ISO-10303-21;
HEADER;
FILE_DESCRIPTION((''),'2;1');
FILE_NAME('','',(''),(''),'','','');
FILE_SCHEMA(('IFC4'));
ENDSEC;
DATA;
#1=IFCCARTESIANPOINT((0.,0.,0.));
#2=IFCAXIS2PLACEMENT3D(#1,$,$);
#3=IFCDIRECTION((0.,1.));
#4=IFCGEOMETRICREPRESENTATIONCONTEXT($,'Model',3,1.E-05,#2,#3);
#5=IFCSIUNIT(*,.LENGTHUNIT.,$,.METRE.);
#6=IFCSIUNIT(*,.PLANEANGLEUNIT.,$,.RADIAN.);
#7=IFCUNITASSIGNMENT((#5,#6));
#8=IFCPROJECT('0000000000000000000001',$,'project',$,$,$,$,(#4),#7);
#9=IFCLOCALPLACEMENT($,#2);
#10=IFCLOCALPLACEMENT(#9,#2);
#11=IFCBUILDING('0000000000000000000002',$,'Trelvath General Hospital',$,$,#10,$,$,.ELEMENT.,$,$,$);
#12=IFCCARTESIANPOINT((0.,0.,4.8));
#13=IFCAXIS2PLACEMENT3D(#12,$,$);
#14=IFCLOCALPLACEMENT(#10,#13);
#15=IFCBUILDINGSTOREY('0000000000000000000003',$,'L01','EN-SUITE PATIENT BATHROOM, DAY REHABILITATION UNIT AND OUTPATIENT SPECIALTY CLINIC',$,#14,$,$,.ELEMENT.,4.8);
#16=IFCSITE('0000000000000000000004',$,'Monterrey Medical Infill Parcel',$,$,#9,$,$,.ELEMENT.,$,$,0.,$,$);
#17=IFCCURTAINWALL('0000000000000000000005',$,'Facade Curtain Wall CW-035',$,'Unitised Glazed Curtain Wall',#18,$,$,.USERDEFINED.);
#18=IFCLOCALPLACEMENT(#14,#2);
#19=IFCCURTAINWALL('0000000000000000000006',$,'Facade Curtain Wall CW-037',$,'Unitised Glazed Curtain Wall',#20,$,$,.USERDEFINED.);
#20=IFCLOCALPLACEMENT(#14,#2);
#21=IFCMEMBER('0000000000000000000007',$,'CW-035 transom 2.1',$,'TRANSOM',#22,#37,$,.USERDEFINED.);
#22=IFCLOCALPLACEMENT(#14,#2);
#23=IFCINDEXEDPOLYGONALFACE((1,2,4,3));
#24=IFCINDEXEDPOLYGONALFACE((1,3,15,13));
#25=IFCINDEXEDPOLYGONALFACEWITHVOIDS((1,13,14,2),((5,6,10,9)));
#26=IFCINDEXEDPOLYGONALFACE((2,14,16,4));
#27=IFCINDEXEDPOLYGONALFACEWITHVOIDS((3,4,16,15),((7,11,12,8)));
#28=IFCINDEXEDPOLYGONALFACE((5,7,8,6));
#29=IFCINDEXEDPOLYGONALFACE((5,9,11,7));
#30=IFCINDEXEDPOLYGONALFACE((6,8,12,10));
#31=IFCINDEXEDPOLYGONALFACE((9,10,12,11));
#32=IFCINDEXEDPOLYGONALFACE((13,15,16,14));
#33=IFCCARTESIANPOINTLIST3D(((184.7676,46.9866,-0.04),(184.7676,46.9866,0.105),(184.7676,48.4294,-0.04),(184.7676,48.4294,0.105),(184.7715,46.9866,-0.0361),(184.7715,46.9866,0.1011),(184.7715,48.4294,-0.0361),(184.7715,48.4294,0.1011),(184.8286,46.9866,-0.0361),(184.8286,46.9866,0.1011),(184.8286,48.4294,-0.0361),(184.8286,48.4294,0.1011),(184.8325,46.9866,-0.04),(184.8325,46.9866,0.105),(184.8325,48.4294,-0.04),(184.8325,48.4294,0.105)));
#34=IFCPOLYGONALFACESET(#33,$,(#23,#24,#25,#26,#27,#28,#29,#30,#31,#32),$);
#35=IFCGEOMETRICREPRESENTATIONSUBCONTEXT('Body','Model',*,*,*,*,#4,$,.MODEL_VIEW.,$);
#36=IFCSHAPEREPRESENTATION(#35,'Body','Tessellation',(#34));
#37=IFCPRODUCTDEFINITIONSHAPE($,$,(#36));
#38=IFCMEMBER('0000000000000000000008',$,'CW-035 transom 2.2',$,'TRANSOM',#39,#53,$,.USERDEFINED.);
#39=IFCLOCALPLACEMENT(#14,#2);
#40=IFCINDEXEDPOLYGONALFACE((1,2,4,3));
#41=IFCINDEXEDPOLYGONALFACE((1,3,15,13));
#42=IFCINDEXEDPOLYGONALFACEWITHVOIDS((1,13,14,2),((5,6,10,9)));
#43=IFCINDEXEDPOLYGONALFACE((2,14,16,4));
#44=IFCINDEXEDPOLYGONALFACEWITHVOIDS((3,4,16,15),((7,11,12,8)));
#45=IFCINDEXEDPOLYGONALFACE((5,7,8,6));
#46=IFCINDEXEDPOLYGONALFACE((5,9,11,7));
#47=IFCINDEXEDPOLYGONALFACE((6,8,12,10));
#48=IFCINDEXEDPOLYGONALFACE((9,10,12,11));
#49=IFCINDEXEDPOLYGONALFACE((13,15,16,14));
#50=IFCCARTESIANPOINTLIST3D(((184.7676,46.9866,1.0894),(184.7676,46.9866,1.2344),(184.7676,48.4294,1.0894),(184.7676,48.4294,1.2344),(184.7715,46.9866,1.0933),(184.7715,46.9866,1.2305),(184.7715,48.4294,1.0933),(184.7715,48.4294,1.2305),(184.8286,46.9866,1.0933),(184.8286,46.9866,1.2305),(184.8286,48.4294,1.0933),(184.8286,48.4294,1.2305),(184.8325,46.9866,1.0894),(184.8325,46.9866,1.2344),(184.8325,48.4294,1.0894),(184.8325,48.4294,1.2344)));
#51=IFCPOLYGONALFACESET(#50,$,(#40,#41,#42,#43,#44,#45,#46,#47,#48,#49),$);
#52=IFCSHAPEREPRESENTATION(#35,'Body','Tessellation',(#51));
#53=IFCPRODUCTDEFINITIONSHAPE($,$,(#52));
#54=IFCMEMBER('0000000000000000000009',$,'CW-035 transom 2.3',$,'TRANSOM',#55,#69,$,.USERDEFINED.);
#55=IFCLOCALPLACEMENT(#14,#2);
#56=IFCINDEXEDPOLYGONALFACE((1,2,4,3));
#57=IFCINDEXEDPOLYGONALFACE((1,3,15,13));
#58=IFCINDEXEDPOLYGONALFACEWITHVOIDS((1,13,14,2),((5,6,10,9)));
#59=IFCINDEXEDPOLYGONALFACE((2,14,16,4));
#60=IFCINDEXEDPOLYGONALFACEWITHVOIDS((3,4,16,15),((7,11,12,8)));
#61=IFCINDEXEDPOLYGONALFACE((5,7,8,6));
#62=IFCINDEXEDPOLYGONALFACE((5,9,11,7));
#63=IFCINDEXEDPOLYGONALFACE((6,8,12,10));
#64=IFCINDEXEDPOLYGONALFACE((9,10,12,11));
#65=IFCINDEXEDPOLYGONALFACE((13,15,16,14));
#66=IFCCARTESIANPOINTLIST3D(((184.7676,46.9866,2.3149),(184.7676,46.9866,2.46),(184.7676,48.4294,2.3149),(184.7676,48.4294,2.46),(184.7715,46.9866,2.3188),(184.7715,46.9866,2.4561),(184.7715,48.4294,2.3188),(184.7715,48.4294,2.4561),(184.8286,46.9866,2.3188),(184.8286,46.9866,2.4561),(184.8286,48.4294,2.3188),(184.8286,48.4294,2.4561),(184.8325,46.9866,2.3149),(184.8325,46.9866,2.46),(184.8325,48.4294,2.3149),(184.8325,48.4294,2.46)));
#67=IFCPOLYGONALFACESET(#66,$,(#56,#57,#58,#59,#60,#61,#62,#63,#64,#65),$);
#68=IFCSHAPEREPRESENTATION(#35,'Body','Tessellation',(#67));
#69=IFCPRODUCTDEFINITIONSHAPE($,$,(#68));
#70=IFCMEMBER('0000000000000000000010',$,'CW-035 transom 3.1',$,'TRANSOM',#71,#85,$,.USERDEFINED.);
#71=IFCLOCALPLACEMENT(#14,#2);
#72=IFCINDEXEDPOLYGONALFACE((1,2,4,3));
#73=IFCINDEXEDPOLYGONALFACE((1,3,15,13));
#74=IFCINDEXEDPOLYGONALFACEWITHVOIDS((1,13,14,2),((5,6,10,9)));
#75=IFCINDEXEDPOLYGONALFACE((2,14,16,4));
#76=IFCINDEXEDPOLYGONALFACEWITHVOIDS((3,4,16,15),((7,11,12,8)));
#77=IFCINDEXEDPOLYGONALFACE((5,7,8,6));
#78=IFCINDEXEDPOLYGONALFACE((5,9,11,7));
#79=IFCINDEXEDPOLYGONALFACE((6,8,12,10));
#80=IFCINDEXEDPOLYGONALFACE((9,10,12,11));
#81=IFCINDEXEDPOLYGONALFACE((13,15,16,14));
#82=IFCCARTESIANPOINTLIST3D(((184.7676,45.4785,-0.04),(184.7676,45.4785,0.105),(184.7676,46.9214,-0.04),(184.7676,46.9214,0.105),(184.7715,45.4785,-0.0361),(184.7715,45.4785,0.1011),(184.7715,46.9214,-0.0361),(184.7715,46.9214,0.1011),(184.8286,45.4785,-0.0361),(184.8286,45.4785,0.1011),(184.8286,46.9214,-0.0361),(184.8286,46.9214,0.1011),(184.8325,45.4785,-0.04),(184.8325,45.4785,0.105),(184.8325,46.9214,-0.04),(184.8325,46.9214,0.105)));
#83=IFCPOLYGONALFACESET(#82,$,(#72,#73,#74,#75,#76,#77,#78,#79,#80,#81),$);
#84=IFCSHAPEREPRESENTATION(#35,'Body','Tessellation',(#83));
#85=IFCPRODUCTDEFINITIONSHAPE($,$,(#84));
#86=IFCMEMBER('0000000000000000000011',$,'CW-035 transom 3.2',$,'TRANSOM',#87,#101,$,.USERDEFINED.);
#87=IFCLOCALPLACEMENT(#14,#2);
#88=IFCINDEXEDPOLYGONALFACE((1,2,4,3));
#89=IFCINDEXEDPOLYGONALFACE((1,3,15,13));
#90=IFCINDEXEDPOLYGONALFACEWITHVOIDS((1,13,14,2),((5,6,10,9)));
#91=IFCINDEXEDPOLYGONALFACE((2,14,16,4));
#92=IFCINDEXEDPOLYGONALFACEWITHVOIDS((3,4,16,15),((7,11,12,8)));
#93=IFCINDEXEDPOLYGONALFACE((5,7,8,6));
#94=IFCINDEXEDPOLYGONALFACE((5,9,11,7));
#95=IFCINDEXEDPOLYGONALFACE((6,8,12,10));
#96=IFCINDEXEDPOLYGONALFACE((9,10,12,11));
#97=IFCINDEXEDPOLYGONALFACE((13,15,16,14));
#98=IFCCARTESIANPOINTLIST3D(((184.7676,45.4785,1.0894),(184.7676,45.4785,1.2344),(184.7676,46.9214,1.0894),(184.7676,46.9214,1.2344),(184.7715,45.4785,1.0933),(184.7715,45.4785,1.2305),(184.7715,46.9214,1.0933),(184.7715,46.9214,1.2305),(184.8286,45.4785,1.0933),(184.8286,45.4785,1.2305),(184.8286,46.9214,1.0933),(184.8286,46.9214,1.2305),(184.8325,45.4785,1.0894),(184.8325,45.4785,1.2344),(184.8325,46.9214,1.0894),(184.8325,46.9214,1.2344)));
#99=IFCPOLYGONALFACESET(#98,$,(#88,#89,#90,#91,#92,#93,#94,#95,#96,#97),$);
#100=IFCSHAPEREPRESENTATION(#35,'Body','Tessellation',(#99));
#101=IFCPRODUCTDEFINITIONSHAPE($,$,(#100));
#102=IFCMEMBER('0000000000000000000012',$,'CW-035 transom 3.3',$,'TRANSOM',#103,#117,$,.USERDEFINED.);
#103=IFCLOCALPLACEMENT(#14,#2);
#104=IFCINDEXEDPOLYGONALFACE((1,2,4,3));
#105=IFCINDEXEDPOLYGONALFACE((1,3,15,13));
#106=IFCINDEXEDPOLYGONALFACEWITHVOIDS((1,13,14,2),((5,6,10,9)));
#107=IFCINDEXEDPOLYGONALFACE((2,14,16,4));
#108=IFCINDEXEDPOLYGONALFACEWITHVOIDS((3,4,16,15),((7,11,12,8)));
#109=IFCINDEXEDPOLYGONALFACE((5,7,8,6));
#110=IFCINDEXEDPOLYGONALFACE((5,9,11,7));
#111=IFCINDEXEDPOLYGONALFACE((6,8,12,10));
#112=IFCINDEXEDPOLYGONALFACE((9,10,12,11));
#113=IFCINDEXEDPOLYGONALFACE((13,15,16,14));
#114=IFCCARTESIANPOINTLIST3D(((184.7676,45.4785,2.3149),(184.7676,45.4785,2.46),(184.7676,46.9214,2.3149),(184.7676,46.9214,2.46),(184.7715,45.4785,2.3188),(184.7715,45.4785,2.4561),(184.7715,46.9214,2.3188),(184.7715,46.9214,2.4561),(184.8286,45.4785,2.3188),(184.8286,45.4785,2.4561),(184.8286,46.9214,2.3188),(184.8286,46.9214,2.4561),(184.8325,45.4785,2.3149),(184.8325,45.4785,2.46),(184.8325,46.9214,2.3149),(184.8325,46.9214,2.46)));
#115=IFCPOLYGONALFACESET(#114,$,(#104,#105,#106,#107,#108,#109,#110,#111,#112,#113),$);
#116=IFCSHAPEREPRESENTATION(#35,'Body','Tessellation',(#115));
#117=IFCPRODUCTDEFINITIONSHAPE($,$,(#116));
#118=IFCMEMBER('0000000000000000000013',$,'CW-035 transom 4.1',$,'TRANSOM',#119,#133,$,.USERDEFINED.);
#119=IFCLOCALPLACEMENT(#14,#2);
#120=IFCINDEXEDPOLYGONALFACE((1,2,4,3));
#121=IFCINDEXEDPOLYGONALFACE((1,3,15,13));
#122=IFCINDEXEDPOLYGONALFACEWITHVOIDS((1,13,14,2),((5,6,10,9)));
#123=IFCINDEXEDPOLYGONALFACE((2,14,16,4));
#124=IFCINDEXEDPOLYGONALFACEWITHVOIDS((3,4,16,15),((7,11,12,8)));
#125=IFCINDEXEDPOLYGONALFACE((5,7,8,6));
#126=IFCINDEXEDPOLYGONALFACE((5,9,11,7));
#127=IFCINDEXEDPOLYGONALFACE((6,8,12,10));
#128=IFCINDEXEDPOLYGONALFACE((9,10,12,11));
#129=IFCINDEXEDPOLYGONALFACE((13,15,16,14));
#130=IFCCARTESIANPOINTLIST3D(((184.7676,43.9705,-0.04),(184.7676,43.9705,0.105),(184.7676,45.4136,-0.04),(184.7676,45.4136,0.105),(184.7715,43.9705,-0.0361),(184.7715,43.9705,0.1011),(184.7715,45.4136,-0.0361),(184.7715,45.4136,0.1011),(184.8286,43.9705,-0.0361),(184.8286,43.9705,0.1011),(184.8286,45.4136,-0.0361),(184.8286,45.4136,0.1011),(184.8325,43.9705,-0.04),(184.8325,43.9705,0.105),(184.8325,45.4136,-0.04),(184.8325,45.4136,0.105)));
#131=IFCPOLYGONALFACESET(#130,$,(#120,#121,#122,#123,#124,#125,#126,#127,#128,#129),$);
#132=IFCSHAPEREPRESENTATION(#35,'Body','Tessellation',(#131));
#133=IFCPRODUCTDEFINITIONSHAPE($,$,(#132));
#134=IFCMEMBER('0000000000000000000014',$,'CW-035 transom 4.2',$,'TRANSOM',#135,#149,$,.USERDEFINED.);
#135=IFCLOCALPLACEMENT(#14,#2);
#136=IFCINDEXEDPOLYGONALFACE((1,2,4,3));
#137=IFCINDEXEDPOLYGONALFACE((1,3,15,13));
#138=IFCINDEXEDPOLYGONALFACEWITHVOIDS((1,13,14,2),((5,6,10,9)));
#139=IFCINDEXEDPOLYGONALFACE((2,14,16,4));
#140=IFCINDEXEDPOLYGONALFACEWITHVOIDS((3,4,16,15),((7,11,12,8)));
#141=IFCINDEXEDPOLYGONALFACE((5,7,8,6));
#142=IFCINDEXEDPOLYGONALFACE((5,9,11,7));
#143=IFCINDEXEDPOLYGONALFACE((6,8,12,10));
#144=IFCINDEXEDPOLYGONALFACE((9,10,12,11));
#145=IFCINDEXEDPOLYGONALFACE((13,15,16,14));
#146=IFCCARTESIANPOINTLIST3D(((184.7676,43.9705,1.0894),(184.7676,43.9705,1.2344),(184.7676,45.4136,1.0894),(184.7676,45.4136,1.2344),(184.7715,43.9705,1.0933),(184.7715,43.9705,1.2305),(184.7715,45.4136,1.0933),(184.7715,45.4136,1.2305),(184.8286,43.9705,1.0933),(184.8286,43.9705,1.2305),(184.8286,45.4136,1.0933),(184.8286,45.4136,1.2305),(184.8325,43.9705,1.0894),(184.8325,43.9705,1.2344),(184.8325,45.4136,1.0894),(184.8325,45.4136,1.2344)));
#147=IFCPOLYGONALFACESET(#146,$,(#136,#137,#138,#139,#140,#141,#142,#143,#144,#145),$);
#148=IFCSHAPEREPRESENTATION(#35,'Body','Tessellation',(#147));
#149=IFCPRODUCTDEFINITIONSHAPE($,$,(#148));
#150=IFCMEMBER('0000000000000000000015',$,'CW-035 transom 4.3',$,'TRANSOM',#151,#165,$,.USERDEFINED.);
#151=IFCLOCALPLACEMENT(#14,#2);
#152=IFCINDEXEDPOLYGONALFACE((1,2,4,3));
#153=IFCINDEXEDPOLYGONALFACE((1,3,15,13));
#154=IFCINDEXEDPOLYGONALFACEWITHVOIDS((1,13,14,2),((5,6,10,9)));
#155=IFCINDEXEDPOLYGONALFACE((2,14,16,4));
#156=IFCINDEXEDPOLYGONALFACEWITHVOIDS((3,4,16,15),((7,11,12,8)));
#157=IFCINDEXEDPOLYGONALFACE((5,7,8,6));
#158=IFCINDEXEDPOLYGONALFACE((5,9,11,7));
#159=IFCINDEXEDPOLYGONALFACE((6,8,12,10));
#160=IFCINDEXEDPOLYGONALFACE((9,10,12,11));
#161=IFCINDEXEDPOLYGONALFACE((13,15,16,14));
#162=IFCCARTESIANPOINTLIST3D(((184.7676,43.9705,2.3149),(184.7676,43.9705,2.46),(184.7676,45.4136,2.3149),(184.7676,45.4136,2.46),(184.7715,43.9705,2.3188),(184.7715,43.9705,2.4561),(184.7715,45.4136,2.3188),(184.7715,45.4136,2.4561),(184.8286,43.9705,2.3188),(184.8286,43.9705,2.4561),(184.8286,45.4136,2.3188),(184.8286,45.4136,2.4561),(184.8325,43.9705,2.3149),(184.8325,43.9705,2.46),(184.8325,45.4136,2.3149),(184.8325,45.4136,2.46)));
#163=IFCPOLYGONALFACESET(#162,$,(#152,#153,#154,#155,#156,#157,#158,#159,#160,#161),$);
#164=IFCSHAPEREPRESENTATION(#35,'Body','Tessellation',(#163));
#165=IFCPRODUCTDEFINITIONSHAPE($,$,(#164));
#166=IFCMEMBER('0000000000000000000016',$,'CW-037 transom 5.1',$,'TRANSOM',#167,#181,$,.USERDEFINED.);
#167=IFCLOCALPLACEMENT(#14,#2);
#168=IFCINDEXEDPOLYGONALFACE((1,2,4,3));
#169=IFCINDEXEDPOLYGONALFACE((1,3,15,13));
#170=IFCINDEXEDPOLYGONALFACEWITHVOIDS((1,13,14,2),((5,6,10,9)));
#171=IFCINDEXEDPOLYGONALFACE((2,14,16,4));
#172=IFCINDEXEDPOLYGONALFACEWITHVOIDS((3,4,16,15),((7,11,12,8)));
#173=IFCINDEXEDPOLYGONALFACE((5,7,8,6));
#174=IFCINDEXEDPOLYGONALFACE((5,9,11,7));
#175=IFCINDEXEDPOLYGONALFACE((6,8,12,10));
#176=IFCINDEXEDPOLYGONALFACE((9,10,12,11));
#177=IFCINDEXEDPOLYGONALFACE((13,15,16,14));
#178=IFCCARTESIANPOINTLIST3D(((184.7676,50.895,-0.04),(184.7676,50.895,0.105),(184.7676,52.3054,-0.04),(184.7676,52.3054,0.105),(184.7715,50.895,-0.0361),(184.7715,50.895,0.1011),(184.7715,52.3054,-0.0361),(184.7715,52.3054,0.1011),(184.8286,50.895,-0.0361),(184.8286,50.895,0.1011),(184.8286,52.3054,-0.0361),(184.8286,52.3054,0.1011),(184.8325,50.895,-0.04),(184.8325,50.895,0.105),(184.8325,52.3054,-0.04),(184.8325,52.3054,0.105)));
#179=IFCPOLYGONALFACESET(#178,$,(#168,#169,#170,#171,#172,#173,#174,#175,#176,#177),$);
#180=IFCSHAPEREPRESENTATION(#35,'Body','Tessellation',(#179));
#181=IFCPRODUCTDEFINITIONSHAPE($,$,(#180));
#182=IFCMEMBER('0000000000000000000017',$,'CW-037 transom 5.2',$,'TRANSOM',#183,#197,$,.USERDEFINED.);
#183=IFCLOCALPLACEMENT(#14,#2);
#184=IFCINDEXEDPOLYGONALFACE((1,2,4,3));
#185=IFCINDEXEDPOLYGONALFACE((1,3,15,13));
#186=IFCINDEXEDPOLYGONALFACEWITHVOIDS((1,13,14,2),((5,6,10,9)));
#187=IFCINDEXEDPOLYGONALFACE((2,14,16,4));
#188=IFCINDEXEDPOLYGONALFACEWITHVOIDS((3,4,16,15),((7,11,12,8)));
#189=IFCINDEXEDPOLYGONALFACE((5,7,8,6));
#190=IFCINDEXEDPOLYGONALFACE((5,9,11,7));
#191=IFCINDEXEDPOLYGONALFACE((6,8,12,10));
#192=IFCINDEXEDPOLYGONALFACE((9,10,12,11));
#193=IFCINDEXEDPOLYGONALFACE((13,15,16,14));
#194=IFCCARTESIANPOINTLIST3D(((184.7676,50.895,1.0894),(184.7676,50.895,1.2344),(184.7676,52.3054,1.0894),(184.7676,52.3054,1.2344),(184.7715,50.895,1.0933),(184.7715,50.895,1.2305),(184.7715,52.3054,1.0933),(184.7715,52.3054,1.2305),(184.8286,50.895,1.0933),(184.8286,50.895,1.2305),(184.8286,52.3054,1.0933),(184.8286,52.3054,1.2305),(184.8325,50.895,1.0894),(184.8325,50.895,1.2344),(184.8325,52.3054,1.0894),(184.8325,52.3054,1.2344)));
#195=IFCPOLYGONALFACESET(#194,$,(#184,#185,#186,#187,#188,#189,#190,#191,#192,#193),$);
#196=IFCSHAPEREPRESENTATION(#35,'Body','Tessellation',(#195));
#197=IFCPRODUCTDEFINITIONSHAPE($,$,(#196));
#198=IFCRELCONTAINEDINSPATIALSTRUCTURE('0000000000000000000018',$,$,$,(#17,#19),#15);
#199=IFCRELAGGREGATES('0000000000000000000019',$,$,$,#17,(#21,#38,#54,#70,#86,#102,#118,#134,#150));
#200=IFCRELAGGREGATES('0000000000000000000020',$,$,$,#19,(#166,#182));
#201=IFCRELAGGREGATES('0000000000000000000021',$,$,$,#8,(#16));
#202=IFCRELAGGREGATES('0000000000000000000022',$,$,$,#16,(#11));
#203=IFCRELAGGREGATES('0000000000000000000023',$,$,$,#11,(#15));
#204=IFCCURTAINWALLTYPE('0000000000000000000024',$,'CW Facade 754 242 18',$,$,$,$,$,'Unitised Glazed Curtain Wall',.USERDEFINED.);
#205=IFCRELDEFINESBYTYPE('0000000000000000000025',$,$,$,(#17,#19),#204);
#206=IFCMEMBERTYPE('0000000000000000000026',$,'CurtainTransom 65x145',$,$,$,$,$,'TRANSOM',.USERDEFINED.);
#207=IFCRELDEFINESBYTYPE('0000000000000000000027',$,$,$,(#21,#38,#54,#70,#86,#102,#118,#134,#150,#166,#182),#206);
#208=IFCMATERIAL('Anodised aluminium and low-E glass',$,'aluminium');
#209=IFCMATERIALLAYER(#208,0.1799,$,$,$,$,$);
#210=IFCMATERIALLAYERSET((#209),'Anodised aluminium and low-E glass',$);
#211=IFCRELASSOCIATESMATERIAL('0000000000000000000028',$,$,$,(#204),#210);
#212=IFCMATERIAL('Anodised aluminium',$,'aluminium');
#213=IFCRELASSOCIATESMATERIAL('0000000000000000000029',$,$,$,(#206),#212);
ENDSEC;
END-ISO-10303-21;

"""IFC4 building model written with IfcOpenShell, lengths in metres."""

from ifc_helpers import new_model, si_unit, direction, frame, origin, origin_2d, place, context, subcontext, project, spatial, hollow_rectangle, extrude, material, layer, layer_set, material_profile, profile_set, type_object, element, aggregate, save


model = new_model("IFC4")

# Units and contexts
model_context = context("Model", 3, precision=1e-05, world=origin(), true_north=direction((0.0, 1.0)))
body_context = subcontext(model_context, "Body", "Model", "MODEL_VIEW")
ifc_project = project(units=[si_unit("LENGTHUNIT", "METRE"), si_unit("PLANEANGLEUNIT", "RADIAN")], contexts=[model_context])

# Site, building, storey
site_placement = place(None, origin())
site = spatial("IfcSite", under=ifc_project, at=site_placement, Name="Monterrey Medical Infill Parcel", CompositionType="ELEMENT", RefElevation=0.0)
building_placement = place(site_placement, origin())
building = spatial("IfcBuilding", under=site, at=building_placement, Name="Trelvath General Hospital", CompositionType="ELEMENT")
storey_placement = place(building_placement, frame((0.0, 0.0, 4.8)))
storey = spatial("IfcBuildingStorey", under=building, at=storey_placement, Name="L01", Description="EN-SUITE PATIENT BATHROOM, DAY REHABILITATION UNIT AND OUTPATIENT SPECIALTY CLINIC", CompositionType="ELEMENT", Elevation=4.8)

# Curtain walls
ifc_material_1 = material(Name="Anodised aluminium and low-E glass", Category="aluminium")
ifc_layer_1 = layer(ifc_material_1, 0.1799)
ifc_layer_set_1 = layer_set([ifc_layer_1], Name="Anodised aluminium and low-E glass")
curtain_wall_type = type_object("IfcCurtainWallType", Name="CW Facade 754 242 18", ElementType="Unitised Glazed Curtain Wall", PredefinedType="USERDEFINED", material=ifc_layer_set_1)
curtain_wall_1_placement = place(storey_placement, origin())
curtain_wall_1 = element("IfcCurtainWall", 1, at=curtain_wall_1_placement, inside=storey, type_object=curtain_wall_type, Name="Facade Curtain Wall CW-035", ObjectType="Unitised Glazed Curtain Wall", PredefinedType="USERDEFINED")
curtain_wall_2_placement = place(storey_placement, origin())
curtain_wall_2 = element("IfcCurtainWall", 2, at=curtain_wall_2_placement, inside=storey, type_object=curtain_wall_type, Name="Facade Curtain Wall CW-037", ObjectType="Unitised Glazed Curtain Wall", PredefinedType="USERDEFINED")

# Members
ifc_material_2 = material(Name="Anodised aluminium", Category="aluminium")
ifc_material_profile_1 = material_profile(ifc_material_2, hollow_rectangle(XDim=0.0649, YDim=0.145, WallThickness=0.0039, at=origin_2d()), Name="RHS65x145x4")
ifc_profile_set_1 = profile_set([ifc_material_profile_1], Name="Anodised aluminium")
member_type_1 = type_object("IfcMemberType", Name="CurtainTransom 65x145", ElementType="TRANSOM", PredefinedType="USERDEFINED", material=ifc_profile_set_1)
member_1_placement = place(storey_placement, frame((184.8, 48.4294, 0.0325), z_axis=(0.0, -1.0, 0.0), x_axis=(1.0, 0.0, 0.0)))
member_1 = element("IfcMember", 3, at=member_1_placement, type_object=member_type_1, Name="CW-035 transom 2.1", ObjectType="TRANSOM", PredefinedType="USERDEFINED", context=body_context, shape_type="SweptSolid", body=[
    extrude(hollow_rectangle(XDim=0.0649, YDim=0.145, WallThickness=0.0039, at=origin_2d()), origin(), (0.0, 0.0, 1.0), 1.4429),
])
member_2_placement = place(storey_placement, frame((184.8, 48.4294, 1.1619), z_axis=(0.0, -1.0, 0.0), x_axis=(1.0, 0.0, 0.0)))
member_2 = element("IfcMember", 4, at=member_2_placement, type_object=member_type_1, Name="CW-035 transom 2.2", ObjectType="TRANSOM", PredefinedType="USERDEFINED", context=body_context, shape_type="SweptSolid", body=[
    extrude(hollow_rectangle(XDim=0.0649, YDim=0.145, WallThickness=0.0039, at=origin_2d()), origin(), (0.0, 0.0, 1.0), 1.4429),
])
member_3_placement = place(storey_placement, frame((184.8, 48.4294, 2.3875), z_axis=(0.0, -1.0, 0.0), x_axis=(1.0, 0.0, 0.0)))
member_3 = element("IfcMember", 5, at=member_3_placement, type_object=member_type_1, Name="CW-035 transom 2.3", ObjectType="TRANSOM", PredefinedType="USERDEFINED", context=body_context, shape_type="SweptSolid", body=[
    extrude(hollow_rectangle(XDim=0.0649, YDim=0.145, WallThickness=0.0039, at=origin_2d()), origin(), (0.0, 0.0, 1.0), 1.4429),
])
member_4_placement = place(storey_placement, frame((184.8, 46.9214, 0.0325), z_axis=(0.0, -1.0, 0.0), x_axis=(1.0, 0.0, 0.0)))
member_4 = element("IfcMember", 6, at=member_4_placement, type_object=member_type_1, Name="CW-035 transom 3.1", ObjectType="TRANSOM", PredefinedType="USERDEFINED", context=body_context, shape_type="SweptSolid", body=[
    extrude(hollow_rectangle(XDim=0.0649, YDim=0.145, WallThickness=0.0039, at=origin_2d()), origin(), (0.0, 0.0, 1.0), 1.4429),
])
member_5_placement = place(storey_placement, frame((184.8, 46.9214, 1.1619), z_axis=(0.0, -1.0, 0.0), x_axis=(1.0, 0.0, 0.0)))
member_5 = element("IfcMember", 7, at=member_5_placement, type_object=member_type_1, Name="CW-035 transom 3.2", ObjectType="TRANSOM", PredefinedType="USERDEFINED", context=body_context, shape_type="SweptSolid", body=[
    extrude(hollow_rectangle(XDim=0.0649, YDim=0.145, WallThickness=0.0039, at=origin_2d()), origin(), (0.0, 0.0, 1.0), 1.4429),
])
member_6_placement = place(storey_placement, frame((184.8, 46.9214, 2.3875), z_axis=(0.0, -1.0, 0.0), x_axis=(1.0, 0.0, 0.0)))
member_6 = element("IfcMember", 8, at=member_6_placement, type_object=member_type_1, Name="CW-035 transom 3.3", ObjectType="TRANSOM", PredefinedType="USERDEFINED", context=body_context, shape_type="SweptSolid", body=[
    extrude(hollow_rectangle(XDim=0.0649, YDim=0.145, WallThickness=0.0039, at=origin_2d()), origin(), (0.0, 0.0, 1.0), 1.4429),
])
member_7_placement = place(storey_placement, frame((184.8, 45.4136, 0.0325), z_axis=(0.0, -1.0, 0.0), x_axis=(1.0, 0.0, 0.0)))
member_7 = element("IfcMember", 9, at=member_7_placement, type_object=member_type_1, Name="CW-035 transom 4.1", ObjectType="TRANSOM", PredefinedType="USERDEFINED", context=body_context, shape_type="SweptSolid", body=[
    extrude(hollow_rectangle(XDim=0.0649, YDim=0.145, WallThickness=0.0039, at=origin_2d()), origin(), (0.0, 0.0, 1.0), 1.4431),
])
member_8_placement = place(storey_placement, frame((184.8, 45.4136, 1.1619), z_axis=(0.0, -1.0, 0.0), x_axis=(1.0, 0.0, 0.0)))
member_8 = element("IfcMember", 10, at=member_8_placement, type_object=member_type_1, Name="CW-035 transom 4.2", ObjectType="TRANSOM", PredefinedType="USERDEFINED", context=body_context, shape_type="SweptSolid", body=[
    extrude(hollow_rectangle(XDim=0.0649, YDim=0.145, WallThickness=0.0039, at=origin_2d()), origin(), (0.0, 0.0, 1.0), 1.4431),
])
member_9_placement = place(storey_placement, frame((184.8, 45.4136, 2.3875), z_axis=(0.0, -1.0, 0.0), x_axis=(1.0, 0.0, 0.0)))
member_9 = element("IfcMember", 11, at=member_9_placement, type_object=member_type_1, Name="CW-035 transom 4.3", ObjectType="TRANSOM", PredefinedType="USERDEFINED", context=body_context, shape_type="SweptSolid", body=[
    extrude(hollow_rectangle(XDim=0.0649, YDim=0.145, WallThickness=0.0039, at=origin_2d()), origin(), (0.0, 0.0, 1.0), 1.4431),
])
member_10_placement = place(storey_placement, frame((184.8, 52.3054, 0.0325), z_axis=(0.0, -1.0, 0.0), x_axis=(1.0, 0.0, 0.0)))
member_10 = element("IfcMember", 12, at=member_10_placement, type_object=member_type_1, Name="CW-037 transom 5.1", ObjectType="TRANSOM", PredefinedType="USERDEFINED", context=body_context, shape_type="SweptSolid", body=[
    extrude(hollow_rectangle(XDim=0.0649, YDim=0.145, WallThickness=0.0039, at=origin_2d()), origin(), (0.0, 0.0, 1.0), 1.4104),
])
member_11_placement = place(storey_placement, frame((184.8, 52.3054, 1.1619), z_axis=(0.0, -1.0, 0.0), x_axis=(1.0, 0.0, 0.0)))
member_11 = element("IfcMember", 13, at=member_11_placement, type_object=member_type_1, Name="CW-037 transom 5.2", ObjectType="TRANSOM", PredefinedType="USERDEFINED", context=body_context, shape_type="SweptSolid", body=[
    extrude(hollow_rectangle(XDim=0.0649, YDim=0.145, WallThickness=0.0039, at=origin_2d()), origin(), (0.0, 0.0, 1.0), 1.4104),
])

aggregate(curtain_wall_1, [member_1, member_2, member_3, member_4, member_5, member_6, member_7, member_8, member_9])
aggregate(curtain_wall_2, [member_10, member_11])

save(model, "model.ifc")
